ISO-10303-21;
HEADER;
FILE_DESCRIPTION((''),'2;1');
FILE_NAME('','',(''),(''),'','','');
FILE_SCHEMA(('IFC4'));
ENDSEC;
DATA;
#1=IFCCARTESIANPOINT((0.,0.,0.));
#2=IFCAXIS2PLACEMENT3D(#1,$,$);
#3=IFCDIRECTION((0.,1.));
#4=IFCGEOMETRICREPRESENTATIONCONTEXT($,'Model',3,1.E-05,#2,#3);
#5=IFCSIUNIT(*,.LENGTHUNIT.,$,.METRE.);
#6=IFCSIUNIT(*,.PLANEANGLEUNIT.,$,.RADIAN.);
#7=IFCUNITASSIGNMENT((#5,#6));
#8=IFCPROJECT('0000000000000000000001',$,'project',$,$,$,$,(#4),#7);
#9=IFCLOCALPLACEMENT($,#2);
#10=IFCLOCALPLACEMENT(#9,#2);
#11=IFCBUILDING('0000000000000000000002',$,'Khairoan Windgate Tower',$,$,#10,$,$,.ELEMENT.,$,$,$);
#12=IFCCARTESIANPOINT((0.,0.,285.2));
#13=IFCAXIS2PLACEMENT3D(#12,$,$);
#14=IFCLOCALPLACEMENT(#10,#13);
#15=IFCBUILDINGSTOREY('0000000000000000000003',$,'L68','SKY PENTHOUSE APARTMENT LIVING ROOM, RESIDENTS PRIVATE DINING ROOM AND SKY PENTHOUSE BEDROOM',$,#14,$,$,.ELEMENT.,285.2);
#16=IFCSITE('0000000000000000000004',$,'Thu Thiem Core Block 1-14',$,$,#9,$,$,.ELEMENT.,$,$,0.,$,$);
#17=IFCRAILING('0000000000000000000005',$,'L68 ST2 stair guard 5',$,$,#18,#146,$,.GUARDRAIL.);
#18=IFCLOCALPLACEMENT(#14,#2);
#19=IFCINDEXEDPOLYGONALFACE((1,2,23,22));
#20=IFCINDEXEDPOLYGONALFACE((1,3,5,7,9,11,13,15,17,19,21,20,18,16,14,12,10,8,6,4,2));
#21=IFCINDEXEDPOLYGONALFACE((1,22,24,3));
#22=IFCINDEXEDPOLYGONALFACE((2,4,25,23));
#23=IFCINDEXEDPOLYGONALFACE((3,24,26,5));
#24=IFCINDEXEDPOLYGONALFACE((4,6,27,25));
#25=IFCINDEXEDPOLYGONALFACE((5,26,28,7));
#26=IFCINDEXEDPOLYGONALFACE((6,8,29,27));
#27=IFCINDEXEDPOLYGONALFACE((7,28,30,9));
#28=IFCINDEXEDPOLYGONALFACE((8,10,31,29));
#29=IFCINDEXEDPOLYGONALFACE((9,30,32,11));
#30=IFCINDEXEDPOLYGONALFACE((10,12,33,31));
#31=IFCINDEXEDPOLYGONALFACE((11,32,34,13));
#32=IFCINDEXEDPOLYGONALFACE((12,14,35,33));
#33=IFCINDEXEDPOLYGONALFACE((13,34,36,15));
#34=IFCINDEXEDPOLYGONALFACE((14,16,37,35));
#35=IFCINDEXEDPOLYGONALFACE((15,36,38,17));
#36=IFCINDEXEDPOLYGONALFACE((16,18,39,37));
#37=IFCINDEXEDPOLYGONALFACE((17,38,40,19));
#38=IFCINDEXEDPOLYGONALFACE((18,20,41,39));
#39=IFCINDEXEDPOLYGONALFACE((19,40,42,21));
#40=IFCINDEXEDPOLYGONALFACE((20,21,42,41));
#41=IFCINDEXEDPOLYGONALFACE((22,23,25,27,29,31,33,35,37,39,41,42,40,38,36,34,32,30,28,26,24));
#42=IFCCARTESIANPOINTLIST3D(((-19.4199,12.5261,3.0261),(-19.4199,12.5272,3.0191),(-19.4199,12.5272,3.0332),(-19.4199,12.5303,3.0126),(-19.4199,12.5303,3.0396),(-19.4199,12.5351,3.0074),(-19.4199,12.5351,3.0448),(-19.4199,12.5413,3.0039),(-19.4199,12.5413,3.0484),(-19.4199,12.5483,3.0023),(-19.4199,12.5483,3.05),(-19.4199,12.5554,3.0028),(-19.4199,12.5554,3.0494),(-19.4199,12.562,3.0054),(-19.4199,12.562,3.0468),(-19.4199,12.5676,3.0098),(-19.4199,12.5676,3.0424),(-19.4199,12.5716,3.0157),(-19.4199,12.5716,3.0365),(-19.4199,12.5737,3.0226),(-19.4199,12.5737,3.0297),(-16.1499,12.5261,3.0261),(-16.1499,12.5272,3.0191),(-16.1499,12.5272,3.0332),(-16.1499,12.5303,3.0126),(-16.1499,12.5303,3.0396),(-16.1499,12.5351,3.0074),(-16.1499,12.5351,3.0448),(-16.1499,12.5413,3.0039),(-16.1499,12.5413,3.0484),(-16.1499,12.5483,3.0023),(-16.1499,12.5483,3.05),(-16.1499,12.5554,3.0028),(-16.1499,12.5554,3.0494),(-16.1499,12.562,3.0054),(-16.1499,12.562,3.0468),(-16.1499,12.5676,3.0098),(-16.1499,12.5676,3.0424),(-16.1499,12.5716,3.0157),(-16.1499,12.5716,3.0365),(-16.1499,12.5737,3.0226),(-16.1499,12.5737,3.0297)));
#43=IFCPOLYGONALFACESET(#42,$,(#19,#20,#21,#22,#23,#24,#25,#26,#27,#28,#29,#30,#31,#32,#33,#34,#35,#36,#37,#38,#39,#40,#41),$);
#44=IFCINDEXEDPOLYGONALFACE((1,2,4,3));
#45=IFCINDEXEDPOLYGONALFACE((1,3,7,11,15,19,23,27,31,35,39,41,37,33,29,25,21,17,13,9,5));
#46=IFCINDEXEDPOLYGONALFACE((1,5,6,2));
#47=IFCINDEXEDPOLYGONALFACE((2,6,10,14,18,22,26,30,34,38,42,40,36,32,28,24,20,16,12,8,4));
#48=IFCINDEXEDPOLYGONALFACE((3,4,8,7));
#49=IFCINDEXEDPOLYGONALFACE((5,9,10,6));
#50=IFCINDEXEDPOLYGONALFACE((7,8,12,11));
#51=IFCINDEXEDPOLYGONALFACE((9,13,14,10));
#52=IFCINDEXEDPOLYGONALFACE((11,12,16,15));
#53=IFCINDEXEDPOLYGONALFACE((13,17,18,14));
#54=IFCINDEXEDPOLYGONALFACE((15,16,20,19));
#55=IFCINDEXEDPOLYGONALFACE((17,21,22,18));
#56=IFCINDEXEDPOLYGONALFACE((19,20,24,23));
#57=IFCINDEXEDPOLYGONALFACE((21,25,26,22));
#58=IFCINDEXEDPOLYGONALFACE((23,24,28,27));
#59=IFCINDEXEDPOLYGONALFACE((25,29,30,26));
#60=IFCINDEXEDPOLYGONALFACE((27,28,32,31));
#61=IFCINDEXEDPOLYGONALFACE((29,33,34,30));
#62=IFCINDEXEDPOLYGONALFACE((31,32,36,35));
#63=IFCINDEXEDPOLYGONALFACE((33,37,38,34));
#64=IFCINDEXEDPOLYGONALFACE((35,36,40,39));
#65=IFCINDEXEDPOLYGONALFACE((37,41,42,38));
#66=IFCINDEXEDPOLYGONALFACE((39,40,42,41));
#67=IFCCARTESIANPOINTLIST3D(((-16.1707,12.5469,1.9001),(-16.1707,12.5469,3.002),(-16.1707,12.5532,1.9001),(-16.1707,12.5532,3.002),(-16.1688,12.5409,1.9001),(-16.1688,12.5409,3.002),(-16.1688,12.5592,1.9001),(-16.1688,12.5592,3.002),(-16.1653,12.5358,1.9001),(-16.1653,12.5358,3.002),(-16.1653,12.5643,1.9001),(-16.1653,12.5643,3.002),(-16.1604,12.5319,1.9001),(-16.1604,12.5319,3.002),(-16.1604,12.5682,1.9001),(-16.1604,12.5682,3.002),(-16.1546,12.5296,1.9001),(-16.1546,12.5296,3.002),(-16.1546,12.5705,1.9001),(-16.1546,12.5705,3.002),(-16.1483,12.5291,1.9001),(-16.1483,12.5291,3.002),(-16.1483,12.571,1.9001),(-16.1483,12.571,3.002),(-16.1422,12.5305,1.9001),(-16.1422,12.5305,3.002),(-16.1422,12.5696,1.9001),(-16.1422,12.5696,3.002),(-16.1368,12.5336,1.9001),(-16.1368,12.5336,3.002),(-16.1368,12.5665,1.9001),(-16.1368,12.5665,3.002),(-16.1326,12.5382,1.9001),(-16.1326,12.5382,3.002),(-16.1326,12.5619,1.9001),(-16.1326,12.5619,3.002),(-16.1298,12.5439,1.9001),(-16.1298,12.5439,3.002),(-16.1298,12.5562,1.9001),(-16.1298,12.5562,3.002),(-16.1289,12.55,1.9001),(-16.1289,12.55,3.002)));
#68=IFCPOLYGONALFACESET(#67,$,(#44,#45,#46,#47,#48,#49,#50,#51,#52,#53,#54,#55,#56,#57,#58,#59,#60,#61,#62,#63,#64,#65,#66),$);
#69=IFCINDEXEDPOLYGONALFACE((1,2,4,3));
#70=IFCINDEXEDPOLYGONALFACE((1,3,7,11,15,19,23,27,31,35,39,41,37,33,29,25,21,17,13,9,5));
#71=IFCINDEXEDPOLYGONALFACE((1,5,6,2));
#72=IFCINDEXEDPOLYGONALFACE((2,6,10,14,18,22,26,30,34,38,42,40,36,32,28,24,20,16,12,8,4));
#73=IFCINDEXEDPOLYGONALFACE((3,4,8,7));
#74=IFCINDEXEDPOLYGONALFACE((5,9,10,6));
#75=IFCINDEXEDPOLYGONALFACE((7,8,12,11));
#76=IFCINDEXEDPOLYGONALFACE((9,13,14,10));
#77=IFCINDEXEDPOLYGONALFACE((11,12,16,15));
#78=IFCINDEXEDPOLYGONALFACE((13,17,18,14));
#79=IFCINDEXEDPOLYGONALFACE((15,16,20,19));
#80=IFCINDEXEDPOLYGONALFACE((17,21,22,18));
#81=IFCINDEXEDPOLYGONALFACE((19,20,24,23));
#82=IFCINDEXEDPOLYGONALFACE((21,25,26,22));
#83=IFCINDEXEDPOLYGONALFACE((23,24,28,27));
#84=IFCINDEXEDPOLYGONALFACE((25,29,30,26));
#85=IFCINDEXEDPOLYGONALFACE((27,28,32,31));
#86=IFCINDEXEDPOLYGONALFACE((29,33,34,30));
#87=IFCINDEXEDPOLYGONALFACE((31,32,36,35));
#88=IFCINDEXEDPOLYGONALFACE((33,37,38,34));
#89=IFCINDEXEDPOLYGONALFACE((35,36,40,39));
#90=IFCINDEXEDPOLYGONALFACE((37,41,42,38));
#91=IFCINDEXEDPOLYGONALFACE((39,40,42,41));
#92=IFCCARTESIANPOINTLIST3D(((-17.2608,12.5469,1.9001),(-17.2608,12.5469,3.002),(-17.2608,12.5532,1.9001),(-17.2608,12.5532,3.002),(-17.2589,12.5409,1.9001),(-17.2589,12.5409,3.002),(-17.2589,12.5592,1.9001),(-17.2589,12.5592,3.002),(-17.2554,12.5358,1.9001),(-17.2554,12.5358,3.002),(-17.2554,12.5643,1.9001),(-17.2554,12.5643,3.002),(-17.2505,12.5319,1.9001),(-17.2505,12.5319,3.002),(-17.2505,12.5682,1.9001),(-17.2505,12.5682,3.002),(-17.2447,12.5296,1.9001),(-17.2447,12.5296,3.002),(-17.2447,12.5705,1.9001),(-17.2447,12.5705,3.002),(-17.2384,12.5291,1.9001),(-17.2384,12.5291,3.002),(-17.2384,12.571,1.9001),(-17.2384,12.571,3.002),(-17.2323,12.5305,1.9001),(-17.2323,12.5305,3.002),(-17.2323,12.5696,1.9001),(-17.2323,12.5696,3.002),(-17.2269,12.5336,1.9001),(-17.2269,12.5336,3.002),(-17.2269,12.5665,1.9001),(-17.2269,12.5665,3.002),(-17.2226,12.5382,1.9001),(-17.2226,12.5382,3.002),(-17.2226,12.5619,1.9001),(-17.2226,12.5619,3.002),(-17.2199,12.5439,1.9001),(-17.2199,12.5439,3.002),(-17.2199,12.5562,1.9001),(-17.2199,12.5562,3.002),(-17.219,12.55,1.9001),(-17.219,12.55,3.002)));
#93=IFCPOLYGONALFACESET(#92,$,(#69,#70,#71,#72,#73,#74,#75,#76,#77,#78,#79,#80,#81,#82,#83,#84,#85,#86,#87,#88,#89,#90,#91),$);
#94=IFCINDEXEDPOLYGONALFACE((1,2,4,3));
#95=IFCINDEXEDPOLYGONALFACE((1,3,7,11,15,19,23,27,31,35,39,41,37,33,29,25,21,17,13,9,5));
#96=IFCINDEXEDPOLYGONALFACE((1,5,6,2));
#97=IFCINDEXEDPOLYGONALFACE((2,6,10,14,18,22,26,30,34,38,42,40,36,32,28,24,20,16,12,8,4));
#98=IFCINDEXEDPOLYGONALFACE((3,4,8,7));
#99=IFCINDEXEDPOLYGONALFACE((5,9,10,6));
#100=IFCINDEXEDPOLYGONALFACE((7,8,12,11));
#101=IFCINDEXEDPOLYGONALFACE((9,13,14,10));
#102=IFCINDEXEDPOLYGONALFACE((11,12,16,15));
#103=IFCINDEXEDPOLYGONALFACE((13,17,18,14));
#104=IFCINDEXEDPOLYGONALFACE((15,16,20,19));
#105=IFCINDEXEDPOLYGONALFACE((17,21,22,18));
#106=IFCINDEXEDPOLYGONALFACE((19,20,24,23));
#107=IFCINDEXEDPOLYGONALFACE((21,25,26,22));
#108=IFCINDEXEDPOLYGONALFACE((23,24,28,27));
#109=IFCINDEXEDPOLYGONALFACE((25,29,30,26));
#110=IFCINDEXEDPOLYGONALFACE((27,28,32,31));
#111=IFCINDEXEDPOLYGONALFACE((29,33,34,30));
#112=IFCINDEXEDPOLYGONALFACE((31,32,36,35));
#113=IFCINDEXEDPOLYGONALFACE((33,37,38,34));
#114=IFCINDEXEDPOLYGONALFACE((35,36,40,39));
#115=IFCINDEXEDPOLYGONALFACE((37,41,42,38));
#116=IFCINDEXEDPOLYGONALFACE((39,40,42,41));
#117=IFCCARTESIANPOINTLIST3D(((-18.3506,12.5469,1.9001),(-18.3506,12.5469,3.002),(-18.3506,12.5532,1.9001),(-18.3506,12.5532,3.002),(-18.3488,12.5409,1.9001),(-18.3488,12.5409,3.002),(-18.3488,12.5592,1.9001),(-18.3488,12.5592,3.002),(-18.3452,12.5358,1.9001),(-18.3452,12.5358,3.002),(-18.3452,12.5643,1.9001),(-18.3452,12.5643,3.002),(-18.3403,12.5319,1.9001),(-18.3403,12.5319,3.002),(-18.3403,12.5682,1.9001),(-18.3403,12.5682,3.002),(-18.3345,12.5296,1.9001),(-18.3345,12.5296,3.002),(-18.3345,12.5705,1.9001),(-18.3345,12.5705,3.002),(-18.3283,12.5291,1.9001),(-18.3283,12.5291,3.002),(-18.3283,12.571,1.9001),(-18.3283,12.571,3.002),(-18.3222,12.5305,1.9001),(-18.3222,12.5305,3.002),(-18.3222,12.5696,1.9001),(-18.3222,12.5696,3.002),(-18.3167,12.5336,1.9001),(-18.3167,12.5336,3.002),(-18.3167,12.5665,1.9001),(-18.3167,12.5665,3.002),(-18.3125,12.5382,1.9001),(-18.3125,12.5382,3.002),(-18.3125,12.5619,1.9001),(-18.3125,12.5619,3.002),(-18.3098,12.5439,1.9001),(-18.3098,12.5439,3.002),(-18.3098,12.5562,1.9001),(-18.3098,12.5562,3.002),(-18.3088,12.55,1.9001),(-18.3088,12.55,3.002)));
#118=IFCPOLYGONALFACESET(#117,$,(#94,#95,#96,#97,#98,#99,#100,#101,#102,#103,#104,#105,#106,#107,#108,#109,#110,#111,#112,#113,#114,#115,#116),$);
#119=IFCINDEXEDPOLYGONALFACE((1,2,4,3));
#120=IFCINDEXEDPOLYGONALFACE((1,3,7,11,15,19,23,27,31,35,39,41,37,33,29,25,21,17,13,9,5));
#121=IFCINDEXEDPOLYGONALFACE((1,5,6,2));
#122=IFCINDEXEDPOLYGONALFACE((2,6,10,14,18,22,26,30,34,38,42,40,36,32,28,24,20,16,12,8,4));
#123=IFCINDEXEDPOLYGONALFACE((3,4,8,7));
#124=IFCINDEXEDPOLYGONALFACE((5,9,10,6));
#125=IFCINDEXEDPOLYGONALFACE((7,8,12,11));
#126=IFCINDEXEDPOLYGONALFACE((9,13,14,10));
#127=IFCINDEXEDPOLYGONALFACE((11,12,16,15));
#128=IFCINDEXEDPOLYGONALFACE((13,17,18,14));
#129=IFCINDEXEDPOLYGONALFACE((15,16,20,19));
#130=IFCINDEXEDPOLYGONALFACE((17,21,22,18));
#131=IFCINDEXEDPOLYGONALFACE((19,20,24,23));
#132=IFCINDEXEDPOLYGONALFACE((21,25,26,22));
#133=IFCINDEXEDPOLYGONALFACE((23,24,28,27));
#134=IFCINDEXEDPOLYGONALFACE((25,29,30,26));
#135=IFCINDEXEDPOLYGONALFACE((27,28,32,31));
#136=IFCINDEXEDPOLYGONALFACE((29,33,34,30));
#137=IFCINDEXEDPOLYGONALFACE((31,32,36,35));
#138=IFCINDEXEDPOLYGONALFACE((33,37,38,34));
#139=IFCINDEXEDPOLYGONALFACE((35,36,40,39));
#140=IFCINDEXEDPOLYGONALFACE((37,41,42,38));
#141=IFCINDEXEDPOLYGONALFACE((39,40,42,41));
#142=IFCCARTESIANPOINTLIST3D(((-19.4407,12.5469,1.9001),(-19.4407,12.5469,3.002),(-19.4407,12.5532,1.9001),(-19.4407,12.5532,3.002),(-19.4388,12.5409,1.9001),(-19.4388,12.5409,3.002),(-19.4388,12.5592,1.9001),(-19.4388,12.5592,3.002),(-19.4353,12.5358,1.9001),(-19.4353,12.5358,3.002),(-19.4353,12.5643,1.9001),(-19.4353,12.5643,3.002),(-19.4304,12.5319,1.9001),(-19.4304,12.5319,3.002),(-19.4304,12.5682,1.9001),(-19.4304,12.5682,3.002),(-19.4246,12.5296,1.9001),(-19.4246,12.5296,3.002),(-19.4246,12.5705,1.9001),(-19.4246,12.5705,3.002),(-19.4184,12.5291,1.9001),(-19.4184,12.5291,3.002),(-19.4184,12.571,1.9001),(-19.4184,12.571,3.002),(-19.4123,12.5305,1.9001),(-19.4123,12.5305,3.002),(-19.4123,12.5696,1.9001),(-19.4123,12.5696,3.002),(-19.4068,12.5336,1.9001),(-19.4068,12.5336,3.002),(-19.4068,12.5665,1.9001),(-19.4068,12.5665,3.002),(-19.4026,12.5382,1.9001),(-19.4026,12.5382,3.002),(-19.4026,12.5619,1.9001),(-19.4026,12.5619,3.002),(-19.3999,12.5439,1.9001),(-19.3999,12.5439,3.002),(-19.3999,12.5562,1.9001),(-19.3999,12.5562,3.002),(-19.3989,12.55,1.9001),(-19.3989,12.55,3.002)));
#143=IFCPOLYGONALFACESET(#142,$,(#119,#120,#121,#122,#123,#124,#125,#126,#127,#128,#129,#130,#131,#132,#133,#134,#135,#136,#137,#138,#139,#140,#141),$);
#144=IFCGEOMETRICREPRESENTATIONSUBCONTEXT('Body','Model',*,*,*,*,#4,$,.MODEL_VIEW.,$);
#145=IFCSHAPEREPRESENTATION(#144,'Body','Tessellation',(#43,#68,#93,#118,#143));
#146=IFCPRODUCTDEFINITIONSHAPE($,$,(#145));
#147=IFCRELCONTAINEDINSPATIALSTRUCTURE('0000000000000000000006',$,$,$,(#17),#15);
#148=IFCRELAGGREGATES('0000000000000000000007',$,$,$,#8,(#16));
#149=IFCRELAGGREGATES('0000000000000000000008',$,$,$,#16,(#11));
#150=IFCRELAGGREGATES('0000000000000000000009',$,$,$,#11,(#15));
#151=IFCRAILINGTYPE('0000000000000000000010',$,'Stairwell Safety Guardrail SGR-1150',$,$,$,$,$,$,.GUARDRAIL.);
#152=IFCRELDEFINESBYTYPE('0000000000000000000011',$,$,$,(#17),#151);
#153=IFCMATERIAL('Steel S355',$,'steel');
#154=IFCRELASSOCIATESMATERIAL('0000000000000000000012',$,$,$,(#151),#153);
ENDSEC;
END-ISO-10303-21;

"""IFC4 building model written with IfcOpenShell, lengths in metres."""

from ifc_helpers import new_model, si_unit, direction, frame, origin, origin_2d, place, context, subcontext, project, spatial, circle, extrude, material, type_object, element, save


model = new_model("IFC4")

# Units and contexts
model_context = context("Model", 3, precision=1e-05, world=origin(), true_north=direction((0.0, 1.0)))
body_context = subcontext(model_context, "Body", "Model", "MODEL_VIEW")
ifc_project = project(units=[si_unit("LENGTHUNIT", "METRE"), si_unit("PLANEANGLEUNIT", "RADIAN")], contexts=[model_context])

# Site, building, storey
site_placement = place(None, origin())
site = spatial("IfcSite", under=ifc_project, at=site_placement, Name="Thu Thiem Core Block 1-14", CompositionType="ELEMENT", RefElevation=0.0)
building_placement = place(site_placement, origin())
building = spatial("IfcBuilding", under=site, at=building_placement, Name="Khairoan Windgate Tower", CompositionType="ELEMENT")
storey_placement = place(building_placement, frame((0.0, 0.0, 285.2)))
storey = spatial("IfcBuildingStorey", under=building, at=storey_placement, Name="L68", Description="SKY PENTHOUSE APARTMENT LIVING ROOM, RESIDENTS PRIVATE DINING ROOM AND SKY PENTHOUSE BEDROOM", CompositionType="ELEMENT", Elevation=285.2)

# Railing
ifc_material_1 = material(Name="Steel S355", Category="steel")
railing_type = type_object("IfcRailingType", Name="Stairwell Safety Guardrail SGR-1150", PredefinedType="GUARDRAIL", material=ifc_material_1)
railing_1_placement = place(storey_placement, frame((-16.1499, 12.55, 1.9001)))
element("IfcRailing", 1, at=railing_1_placement, inside=storey, type_object=railing_type, Name="L68 ST2 stair guard 5", PredefinedType="GUARDRAIL", context=body_context, shape_type="SweptSolid", body=[
    extrude(circle(Radius=0.0239, at=origin_2d()), frame((0.0, 0.0, 1.126), z_axis=(-1.0, 0.0, 0.0), x_axis=(0.0, -1.0, 0.0)), (0.0, 0.0, 1.0), 3.27),
    extrude(circle(Radius=0.021, at=origin_2d()), origin(), (0.0, 0.0, 1.0), 1.1018),
    extrude(circle(Radius=0.021, at=origin_2d()), frame((-1.0901, 0.0, 0.0)), (0.0, 0.0, 1.0), 1.1018),
    extrude(circle(Radius=0.021, at=origin_2d()), frame((-2.1799, 0.0, 0.0)), (0.0, 0.0, 1.0), 1.1018),
    extrude(circle(Radius=0.021, at=origin_2d()), frame((-3.27, 0.0, 0.0)), (0.0, 0.0, 1.0), 1.1018),
])

save(model, "model.ifc")
